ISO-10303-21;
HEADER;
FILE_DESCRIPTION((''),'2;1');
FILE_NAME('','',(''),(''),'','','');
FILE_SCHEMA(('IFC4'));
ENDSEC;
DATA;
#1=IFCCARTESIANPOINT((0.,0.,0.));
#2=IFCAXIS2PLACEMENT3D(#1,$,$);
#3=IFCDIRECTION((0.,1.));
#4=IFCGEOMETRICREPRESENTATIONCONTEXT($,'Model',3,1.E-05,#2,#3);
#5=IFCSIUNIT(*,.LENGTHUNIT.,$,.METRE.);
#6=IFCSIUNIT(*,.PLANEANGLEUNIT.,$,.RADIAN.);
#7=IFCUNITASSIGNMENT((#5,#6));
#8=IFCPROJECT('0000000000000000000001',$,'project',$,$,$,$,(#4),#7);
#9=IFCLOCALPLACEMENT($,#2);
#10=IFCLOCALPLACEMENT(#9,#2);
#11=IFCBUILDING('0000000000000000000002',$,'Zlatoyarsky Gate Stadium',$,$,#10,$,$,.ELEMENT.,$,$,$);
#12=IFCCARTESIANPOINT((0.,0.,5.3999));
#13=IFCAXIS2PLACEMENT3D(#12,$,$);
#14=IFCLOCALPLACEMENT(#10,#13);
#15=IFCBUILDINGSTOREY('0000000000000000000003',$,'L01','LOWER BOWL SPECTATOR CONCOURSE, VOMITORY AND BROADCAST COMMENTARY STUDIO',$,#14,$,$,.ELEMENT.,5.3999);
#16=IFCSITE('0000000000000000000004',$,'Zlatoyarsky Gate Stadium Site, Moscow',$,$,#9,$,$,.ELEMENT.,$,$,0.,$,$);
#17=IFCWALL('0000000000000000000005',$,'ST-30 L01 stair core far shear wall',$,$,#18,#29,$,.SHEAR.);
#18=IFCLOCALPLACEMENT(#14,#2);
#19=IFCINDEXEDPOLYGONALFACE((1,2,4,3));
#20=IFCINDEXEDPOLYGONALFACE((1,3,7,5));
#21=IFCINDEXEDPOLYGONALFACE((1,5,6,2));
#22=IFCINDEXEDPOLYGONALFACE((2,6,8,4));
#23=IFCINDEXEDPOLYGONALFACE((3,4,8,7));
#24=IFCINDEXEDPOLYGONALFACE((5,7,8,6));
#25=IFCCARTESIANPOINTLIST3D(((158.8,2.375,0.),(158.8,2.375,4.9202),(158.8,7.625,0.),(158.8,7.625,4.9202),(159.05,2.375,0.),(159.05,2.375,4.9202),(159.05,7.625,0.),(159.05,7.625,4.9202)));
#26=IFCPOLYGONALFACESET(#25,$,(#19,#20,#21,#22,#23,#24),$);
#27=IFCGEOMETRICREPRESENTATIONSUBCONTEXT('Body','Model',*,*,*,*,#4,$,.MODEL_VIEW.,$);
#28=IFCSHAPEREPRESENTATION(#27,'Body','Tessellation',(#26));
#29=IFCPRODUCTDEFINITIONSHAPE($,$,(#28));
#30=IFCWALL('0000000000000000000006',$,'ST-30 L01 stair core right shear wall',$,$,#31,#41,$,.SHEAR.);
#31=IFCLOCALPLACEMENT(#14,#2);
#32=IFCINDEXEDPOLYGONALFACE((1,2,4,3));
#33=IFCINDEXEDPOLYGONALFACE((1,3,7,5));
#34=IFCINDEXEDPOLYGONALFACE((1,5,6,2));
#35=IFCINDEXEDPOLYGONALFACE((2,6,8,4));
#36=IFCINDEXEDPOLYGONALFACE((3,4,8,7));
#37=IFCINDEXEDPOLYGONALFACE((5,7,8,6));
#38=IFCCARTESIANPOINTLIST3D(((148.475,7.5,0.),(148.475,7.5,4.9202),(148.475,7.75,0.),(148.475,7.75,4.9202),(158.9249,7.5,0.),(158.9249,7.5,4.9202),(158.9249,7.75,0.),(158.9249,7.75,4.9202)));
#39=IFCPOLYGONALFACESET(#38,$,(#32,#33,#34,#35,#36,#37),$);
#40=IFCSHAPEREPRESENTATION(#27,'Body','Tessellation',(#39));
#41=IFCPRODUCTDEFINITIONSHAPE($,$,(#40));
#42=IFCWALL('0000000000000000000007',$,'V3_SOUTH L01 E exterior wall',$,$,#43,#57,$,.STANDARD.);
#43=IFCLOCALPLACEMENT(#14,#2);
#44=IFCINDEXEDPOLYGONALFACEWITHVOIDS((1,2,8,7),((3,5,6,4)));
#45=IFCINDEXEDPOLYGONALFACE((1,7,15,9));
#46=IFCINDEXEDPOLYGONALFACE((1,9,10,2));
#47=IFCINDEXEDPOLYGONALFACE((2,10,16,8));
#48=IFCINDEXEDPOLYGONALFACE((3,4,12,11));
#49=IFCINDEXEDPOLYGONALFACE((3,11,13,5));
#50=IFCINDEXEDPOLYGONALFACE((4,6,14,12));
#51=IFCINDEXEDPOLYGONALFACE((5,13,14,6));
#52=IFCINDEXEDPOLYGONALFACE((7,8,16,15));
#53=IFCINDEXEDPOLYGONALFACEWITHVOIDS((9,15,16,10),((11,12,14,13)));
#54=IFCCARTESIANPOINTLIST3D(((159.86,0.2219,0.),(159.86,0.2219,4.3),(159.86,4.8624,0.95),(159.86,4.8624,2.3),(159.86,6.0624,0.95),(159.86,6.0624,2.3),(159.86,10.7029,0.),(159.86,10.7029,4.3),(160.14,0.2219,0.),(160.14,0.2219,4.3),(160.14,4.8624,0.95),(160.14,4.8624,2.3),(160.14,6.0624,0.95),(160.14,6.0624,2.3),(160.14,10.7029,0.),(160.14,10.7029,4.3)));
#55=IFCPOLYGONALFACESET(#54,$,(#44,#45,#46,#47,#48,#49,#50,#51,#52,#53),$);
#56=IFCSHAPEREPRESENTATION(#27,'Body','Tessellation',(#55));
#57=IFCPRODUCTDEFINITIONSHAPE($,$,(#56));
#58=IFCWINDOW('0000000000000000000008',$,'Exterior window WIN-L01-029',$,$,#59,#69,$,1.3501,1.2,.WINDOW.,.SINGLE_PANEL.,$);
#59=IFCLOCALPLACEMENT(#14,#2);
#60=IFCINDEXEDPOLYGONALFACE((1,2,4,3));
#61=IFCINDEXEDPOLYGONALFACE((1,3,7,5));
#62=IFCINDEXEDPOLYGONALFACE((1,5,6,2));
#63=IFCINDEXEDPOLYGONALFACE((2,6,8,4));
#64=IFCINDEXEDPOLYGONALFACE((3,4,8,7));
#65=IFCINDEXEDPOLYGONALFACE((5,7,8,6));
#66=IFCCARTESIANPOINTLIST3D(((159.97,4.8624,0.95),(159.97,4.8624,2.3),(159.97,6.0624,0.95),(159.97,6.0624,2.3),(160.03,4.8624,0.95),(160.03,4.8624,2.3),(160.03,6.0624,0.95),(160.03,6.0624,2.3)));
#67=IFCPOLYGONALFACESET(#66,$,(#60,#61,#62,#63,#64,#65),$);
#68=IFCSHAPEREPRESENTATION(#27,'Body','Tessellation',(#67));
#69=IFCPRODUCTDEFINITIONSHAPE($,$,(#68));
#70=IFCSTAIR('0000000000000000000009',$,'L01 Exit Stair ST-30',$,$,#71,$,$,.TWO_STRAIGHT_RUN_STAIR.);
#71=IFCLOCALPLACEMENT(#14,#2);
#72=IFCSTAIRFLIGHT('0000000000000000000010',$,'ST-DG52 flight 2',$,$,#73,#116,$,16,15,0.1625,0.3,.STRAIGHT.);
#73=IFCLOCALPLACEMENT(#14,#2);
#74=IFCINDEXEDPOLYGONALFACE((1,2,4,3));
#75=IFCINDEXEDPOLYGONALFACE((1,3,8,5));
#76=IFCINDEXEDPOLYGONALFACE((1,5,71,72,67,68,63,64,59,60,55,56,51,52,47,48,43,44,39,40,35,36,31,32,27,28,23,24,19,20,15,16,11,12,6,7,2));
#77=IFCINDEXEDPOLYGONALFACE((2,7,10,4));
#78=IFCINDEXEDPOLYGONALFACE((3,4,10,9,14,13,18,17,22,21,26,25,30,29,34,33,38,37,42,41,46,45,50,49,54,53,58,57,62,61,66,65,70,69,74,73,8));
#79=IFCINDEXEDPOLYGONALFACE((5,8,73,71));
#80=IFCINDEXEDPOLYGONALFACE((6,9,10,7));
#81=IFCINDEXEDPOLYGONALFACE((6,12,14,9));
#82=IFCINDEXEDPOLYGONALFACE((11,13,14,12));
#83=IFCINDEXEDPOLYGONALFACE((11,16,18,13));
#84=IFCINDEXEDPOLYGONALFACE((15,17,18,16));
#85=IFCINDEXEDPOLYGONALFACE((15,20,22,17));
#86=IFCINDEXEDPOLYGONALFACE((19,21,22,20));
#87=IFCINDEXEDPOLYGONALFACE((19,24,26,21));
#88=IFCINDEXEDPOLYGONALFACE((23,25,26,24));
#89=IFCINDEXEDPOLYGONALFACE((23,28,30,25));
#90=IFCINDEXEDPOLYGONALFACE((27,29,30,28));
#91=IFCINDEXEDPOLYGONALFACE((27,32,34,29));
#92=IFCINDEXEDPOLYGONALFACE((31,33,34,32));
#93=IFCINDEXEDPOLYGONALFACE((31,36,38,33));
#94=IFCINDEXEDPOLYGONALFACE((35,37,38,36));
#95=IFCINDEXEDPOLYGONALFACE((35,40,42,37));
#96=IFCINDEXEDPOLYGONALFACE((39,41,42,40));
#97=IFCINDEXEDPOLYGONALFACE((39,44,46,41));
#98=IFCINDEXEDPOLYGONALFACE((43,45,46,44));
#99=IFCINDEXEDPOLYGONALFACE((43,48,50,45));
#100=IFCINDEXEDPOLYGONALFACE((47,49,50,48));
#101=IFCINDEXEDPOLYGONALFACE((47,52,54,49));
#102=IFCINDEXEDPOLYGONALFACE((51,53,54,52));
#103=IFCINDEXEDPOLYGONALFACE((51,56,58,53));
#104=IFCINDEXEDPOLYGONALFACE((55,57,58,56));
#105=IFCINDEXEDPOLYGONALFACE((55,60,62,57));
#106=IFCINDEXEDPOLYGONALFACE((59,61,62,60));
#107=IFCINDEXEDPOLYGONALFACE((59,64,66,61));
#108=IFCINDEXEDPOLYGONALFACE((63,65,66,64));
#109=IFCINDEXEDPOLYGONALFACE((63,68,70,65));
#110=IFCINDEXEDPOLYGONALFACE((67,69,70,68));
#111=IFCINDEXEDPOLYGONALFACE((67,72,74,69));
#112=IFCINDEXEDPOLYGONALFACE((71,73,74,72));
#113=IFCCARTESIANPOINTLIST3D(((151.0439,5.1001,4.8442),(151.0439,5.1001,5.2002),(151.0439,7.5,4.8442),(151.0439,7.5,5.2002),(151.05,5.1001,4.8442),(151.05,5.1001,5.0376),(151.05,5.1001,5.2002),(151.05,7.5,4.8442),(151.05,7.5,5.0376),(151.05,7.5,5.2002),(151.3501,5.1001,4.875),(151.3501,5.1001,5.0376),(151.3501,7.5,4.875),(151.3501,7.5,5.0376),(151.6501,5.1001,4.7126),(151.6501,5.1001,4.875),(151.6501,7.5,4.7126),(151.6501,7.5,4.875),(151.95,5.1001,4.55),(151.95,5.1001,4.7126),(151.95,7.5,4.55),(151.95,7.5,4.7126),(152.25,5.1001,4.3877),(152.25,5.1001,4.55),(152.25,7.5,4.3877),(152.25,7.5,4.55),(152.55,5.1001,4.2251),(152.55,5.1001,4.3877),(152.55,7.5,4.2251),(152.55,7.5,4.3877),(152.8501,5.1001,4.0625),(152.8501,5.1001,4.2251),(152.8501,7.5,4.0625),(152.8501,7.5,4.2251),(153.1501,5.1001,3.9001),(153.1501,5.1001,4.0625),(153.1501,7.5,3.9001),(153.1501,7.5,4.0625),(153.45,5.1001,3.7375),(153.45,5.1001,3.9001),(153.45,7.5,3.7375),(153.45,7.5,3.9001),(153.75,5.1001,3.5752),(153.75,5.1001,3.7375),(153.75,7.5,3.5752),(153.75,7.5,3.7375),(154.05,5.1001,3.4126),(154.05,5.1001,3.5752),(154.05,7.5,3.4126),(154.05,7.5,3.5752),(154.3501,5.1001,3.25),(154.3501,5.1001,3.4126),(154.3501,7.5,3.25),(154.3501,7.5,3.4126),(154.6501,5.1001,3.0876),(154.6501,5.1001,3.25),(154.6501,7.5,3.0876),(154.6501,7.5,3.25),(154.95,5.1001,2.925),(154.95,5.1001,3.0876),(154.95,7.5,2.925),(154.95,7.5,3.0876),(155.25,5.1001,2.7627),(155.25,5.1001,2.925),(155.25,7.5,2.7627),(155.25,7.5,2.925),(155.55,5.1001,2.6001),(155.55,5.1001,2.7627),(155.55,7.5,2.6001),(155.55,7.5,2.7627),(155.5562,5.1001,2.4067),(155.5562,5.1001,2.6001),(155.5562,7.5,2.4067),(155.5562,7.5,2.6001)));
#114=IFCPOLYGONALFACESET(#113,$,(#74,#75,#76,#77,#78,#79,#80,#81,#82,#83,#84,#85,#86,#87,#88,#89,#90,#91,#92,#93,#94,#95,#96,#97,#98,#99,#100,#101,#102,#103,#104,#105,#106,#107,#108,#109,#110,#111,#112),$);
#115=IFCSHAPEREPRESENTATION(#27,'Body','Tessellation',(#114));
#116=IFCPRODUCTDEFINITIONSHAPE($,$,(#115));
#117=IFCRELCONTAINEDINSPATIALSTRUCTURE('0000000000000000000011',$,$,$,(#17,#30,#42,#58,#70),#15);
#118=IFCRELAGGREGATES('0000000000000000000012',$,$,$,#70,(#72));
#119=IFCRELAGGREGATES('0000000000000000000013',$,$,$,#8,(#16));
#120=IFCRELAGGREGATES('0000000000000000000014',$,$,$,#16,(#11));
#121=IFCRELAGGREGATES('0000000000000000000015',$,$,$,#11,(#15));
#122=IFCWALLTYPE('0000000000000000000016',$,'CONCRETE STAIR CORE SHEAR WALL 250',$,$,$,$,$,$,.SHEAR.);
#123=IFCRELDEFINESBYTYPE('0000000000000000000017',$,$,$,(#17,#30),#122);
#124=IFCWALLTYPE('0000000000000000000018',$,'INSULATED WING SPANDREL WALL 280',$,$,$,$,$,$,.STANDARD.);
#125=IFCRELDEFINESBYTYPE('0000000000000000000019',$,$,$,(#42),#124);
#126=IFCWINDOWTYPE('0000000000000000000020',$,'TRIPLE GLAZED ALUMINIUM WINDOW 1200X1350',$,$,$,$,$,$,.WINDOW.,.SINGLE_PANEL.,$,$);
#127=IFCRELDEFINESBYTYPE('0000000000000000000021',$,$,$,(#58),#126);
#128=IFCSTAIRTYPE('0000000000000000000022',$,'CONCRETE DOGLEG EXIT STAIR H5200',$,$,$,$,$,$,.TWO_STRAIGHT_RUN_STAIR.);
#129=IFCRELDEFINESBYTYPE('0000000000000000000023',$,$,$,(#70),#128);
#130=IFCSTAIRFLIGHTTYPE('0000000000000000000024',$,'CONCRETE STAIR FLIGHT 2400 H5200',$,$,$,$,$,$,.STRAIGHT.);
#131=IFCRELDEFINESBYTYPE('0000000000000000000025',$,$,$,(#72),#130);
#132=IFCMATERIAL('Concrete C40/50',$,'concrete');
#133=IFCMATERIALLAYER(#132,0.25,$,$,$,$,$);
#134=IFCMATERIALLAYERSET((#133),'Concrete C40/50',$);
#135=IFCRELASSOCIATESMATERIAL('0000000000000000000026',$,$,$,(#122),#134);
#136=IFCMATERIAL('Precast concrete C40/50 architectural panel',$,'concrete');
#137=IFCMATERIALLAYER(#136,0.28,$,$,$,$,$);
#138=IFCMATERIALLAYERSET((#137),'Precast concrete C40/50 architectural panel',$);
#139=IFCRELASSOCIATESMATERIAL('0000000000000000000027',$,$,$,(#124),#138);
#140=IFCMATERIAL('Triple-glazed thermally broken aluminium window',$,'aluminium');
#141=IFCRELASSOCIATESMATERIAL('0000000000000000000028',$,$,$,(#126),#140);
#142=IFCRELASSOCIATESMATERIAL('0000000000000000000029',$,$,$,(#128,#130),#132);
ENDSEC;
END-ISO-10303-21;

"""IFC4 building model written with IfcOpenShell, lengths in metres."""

from ifc_helpers import new_model, si_unit, direction, frame, frame_2d, origin, place, context, subcontext, project, spatial, polyline, rectangle, outline, extrude, material, layer, layer_set, type_object, element, fill, aggregate, save


model = new_model("IFC4")

# Units and contexts
model_context = context("Model", 3, precision=1e-05, world=origin(), true_north=direction((0.0, 1.0)))
body_context = subcontext(model_context, "Body", "Model", "MODEL_VIEW")
ifc_project = project(units=[si_unit("LENGTHUNIT", "METRE"), si_unit("PLANEANGLEUNIT", "RADIAN")], contexts=[model_context])

# Site, building, storey
site_placement = place(None, origin())
site = spatial("IfcSite", under=ifc_project, at=site_placement, Name="Zlatoyarsky Gate Stadium Site, Moscow", CompositionType="ELEMENT", RefElevation=0.0)
building_placement = place(site_placement, origin())
building = spatial("IfcBuilding", under=site, at=building_placement, Name="Zlatoyarsky Gate Stadium", CompositionType="ELEMENT")
storey_placement = place(building_placement, frame((0.0, 0.0, 5.3999)))
storey = spatial("IfcBuildingStorey", under=building, at=storey_placement, Name="L01", Description="LOWER BOWL SPECTATOR CONCOURSE, VOMITORY AND BROADCAST COMMENTARY STUDIO", CompositionType="ELEMENT", Elevation=5.3999)

# Shared definitions
ifc_material_1 = material(Name="Concrete C40/50", Category="concrete")

# Walls
ifc_layer_1 = layer(ifc_material_1, 0.25)
ifc_layer_set_1 = layer_set([ifc_layer_1], Name="Concrete C40/50")
wall_type_1 = type_object("IfcWallType", Name="CONCRETE STAIR CORE SHEAR WALL 250", PredefinedType="SHEAR", material=ifc_layer_set_1)
wall_1_placement = place(storey_placement, frame((158.925, 2.375, 0.0), z_axis=(0.0, 0.0, 1.0), x_axis=(0.0, 1.0, 0.0)))
element("IfcWall", 1, at=wall_1_placement, inside=storey, type_object=wall_type_1, Name="ST-30 L01 stair core far shear wall", PredefinedType="SHEAR", context=body_context, shape_type="SweptSolid", body=[
    extrude(rectangle(XDim=5.25, YDim=0.25, at=frame_2d((2.625, 0.0))), origin(), (0.0, 0.0, 1.0), 4.9202),
])
wall_2_placement = place(storey_placement, frame((158.925, 7.625, 0.0), z_axis=(0.0, 0.0, 1.0), x_axis=(-1.0, 0.0, 0.0)))
element("IfcWall", 2, at=wall_2_placement, inside=storey, type_object=wall_type_1, Name="ST-30 L01 stair core right shear wall", PredefinedType="SHEAR", context=body_context, shape_type="SweptSolid", body=[
    extrude(rectangle(XDim=10.45, YDim=0.25, at=frame_2d((5.2251, 0.0))), origin(), (0.0, 0.0, 1.0), 4.9202),
])

# Wall, opening, window
ifc_material_2 = material(Name="Precast concrete C40/50 architectural panel", Category="concrete")
ifc_layer_2 = layer(ifc_material_2, 0.28)
ifc_layer_set_2 = layer_set([ifc_layer_2], Name="Precast concrete C40/50 architectural panel")
wall_type_2 = type_object("IfcWallType", Name="INSULATED WING SPANDREL WALL 280", PredefinedType="STANDARD", material=ifc_layer_set_2)
wall_3_placement = place(storey_placement, frame((160.0, 0.2219, 0.0), z_axis=(0.0, 0.0, 1.0), x_axis=(0.0, 1.0, 0.0)))
wall_3 = element("IfcWall", 3, at=wall_3_placement, inside=storey, type_object=wall_type_2, Name="V3_SOUTH L01 E exterior wall", PredefinedType="STANDARD", context=body_context, shape_type="SweptSolid", body=[
    extrude(rectangle(XDim=10.481, YDim=0.28, at=frame_2d((5.2405, 0.0))), origin(), (0.0, 0.0, 1.0), 4.3),
])
opening_placement = place(wall_3_placement, frame((4.6404, 0.0, 0.95)))
opening = element("IfcOpeningElement", 4, at=opening_placement, cuts=wall_3, PredefinedType="OPENING", context=body_context, shape_type="SweptSolid", body=[
    extrude(rectangle(XDim=1.2, YDim=1.3501, at=frame_2d((0.6001, 0.675))), frame((0.0, 0.1499, 0.0), z_axis=(0.0, -1.0, 0.0), x_axis=(1.0, 0.0, 0.0)), (0.0, 0.0, 1.0), 0.3),
])
ifc_material_3 = material(Name="Triple-glazed thermally broken aluminium window", Category="aluminium")
window_type = type_object("IfcWindowType", Name="TRIPLE GLAZED ALUMINIUM WINDOW 1200X1350", PartitioningType="SINGLE_PANEL", PredefinedType="WINDOW", material=ifc_material_3)
window_placement = place(opening_placement, origin())
window = element("IfcWindow", 5, at=window_placement, inside=storey, type_object=window_type, Name="Exterior window WIN-L01-029", OverallHeight=1.3501, OverallWidth=1.2, PartitioningType="SINGLE_PANEL", PredefinedType="WINDOW", context=body_context, shape_type="SweptSolid", body=[
    extrude(rectangle(XDim=1.2, YDim=1.3501, at=frame_2d((0.6001, 0.675))), frame((0.0, 0.03, 0.0), z_axis=(0.0, -1.0, 0.0), x_axis=(1.0, 0.0, 0.0)), (0.0, 0.0, 1.0), 0.0601),
])
fill(opening, window)

# Stair, stair flight
stair_type = type_object("IfcStairType", Name="CONCRETE DOGLEG EXIT STAIR H5200", PredefinedType="TWO_STRAIGHT_RUN_STAIR", material=ifc_material_1)
stair_placement = place(storey_placement, origin())
stair = element("IfcStair", 6, at=stair_placement, inside=storey, type_object=stair_type, Name="L01 Exit Stair ST-30", PredefinedType="TWO_STRAIGHT_RUN_STAIR")
stair_flight_type = type_object("IfcStairFlightType", Name="CONCRETE STAIR FLIGHT 2400 H5200", PredefinedType="STRAIGHT", material=ifc_material_1)
stair_flight_placement = place(storey_placement, frame((155.55, 6.3, 2.6001), z_axis=(0.0, 0.0, 1.0), x_axis=(-1.0, 0.0, 0.0)))
stair_flight = element("IfcStairFlight", 7, at=stair_flight_placement, type_object=stair_flight_type, Name="ST-DG52 flight 2", NumberOfRisers=16, NumberOfTreads=15, PredefinedType="STRAIGHT", RiserHeight=0.1625, TreadLength=0.3, context=body_context, shape_type="SweptSolid", body=[
    extrude(outline(polyline([(-0.0061, -0.1934), (-0.0061, 0.0), (0.0, 0.0), (0.0, 0.1626), (0.3, 0.1626), (0.3, 0.325), (0.6001, 0.325), (0.6001, 0.4875), (0.8999, 0.4875), (0.8999, 0.6499), (1.2, 0.6499), (1.2, 0.8125), (1.5, 0.8125), (1.5, 0.9751), (1.8, 0.9751), (1.8, 1.1375), (2.1001, 1.1375), (2.1001, 1.3), (2.3999, 1.3), (2.3999, 1.4624), (2.7, 1.4624), (2.7, 1.625), (3.0, 1.625), (3.0, 1.7876), (3.3, 1.7876), (3.3, 1.95), (3.6001, 1.95), (3.6001, 2.1125), (3.8999, 2.1125), (3.8999, 2.2749), (4.2, 2.2749), (4.2, 2.4375), (4.5, 2.4375), (4.5, 2.6001), (4.5061, 2.6001), (4.5061, 2.2441), (4.5, 2.2441), (-0.0061, -0.1934)])), frame((0.0, 1.2, 0.0), z_axis=(0.0, -1.0, 0.0), x_axis=(1.0, 0.0, 0.0)), (0.0, 0.0, 1.0), 2.3999),
])
aggregate(stair, [stair_flight])

save(model, "model.ifc")
